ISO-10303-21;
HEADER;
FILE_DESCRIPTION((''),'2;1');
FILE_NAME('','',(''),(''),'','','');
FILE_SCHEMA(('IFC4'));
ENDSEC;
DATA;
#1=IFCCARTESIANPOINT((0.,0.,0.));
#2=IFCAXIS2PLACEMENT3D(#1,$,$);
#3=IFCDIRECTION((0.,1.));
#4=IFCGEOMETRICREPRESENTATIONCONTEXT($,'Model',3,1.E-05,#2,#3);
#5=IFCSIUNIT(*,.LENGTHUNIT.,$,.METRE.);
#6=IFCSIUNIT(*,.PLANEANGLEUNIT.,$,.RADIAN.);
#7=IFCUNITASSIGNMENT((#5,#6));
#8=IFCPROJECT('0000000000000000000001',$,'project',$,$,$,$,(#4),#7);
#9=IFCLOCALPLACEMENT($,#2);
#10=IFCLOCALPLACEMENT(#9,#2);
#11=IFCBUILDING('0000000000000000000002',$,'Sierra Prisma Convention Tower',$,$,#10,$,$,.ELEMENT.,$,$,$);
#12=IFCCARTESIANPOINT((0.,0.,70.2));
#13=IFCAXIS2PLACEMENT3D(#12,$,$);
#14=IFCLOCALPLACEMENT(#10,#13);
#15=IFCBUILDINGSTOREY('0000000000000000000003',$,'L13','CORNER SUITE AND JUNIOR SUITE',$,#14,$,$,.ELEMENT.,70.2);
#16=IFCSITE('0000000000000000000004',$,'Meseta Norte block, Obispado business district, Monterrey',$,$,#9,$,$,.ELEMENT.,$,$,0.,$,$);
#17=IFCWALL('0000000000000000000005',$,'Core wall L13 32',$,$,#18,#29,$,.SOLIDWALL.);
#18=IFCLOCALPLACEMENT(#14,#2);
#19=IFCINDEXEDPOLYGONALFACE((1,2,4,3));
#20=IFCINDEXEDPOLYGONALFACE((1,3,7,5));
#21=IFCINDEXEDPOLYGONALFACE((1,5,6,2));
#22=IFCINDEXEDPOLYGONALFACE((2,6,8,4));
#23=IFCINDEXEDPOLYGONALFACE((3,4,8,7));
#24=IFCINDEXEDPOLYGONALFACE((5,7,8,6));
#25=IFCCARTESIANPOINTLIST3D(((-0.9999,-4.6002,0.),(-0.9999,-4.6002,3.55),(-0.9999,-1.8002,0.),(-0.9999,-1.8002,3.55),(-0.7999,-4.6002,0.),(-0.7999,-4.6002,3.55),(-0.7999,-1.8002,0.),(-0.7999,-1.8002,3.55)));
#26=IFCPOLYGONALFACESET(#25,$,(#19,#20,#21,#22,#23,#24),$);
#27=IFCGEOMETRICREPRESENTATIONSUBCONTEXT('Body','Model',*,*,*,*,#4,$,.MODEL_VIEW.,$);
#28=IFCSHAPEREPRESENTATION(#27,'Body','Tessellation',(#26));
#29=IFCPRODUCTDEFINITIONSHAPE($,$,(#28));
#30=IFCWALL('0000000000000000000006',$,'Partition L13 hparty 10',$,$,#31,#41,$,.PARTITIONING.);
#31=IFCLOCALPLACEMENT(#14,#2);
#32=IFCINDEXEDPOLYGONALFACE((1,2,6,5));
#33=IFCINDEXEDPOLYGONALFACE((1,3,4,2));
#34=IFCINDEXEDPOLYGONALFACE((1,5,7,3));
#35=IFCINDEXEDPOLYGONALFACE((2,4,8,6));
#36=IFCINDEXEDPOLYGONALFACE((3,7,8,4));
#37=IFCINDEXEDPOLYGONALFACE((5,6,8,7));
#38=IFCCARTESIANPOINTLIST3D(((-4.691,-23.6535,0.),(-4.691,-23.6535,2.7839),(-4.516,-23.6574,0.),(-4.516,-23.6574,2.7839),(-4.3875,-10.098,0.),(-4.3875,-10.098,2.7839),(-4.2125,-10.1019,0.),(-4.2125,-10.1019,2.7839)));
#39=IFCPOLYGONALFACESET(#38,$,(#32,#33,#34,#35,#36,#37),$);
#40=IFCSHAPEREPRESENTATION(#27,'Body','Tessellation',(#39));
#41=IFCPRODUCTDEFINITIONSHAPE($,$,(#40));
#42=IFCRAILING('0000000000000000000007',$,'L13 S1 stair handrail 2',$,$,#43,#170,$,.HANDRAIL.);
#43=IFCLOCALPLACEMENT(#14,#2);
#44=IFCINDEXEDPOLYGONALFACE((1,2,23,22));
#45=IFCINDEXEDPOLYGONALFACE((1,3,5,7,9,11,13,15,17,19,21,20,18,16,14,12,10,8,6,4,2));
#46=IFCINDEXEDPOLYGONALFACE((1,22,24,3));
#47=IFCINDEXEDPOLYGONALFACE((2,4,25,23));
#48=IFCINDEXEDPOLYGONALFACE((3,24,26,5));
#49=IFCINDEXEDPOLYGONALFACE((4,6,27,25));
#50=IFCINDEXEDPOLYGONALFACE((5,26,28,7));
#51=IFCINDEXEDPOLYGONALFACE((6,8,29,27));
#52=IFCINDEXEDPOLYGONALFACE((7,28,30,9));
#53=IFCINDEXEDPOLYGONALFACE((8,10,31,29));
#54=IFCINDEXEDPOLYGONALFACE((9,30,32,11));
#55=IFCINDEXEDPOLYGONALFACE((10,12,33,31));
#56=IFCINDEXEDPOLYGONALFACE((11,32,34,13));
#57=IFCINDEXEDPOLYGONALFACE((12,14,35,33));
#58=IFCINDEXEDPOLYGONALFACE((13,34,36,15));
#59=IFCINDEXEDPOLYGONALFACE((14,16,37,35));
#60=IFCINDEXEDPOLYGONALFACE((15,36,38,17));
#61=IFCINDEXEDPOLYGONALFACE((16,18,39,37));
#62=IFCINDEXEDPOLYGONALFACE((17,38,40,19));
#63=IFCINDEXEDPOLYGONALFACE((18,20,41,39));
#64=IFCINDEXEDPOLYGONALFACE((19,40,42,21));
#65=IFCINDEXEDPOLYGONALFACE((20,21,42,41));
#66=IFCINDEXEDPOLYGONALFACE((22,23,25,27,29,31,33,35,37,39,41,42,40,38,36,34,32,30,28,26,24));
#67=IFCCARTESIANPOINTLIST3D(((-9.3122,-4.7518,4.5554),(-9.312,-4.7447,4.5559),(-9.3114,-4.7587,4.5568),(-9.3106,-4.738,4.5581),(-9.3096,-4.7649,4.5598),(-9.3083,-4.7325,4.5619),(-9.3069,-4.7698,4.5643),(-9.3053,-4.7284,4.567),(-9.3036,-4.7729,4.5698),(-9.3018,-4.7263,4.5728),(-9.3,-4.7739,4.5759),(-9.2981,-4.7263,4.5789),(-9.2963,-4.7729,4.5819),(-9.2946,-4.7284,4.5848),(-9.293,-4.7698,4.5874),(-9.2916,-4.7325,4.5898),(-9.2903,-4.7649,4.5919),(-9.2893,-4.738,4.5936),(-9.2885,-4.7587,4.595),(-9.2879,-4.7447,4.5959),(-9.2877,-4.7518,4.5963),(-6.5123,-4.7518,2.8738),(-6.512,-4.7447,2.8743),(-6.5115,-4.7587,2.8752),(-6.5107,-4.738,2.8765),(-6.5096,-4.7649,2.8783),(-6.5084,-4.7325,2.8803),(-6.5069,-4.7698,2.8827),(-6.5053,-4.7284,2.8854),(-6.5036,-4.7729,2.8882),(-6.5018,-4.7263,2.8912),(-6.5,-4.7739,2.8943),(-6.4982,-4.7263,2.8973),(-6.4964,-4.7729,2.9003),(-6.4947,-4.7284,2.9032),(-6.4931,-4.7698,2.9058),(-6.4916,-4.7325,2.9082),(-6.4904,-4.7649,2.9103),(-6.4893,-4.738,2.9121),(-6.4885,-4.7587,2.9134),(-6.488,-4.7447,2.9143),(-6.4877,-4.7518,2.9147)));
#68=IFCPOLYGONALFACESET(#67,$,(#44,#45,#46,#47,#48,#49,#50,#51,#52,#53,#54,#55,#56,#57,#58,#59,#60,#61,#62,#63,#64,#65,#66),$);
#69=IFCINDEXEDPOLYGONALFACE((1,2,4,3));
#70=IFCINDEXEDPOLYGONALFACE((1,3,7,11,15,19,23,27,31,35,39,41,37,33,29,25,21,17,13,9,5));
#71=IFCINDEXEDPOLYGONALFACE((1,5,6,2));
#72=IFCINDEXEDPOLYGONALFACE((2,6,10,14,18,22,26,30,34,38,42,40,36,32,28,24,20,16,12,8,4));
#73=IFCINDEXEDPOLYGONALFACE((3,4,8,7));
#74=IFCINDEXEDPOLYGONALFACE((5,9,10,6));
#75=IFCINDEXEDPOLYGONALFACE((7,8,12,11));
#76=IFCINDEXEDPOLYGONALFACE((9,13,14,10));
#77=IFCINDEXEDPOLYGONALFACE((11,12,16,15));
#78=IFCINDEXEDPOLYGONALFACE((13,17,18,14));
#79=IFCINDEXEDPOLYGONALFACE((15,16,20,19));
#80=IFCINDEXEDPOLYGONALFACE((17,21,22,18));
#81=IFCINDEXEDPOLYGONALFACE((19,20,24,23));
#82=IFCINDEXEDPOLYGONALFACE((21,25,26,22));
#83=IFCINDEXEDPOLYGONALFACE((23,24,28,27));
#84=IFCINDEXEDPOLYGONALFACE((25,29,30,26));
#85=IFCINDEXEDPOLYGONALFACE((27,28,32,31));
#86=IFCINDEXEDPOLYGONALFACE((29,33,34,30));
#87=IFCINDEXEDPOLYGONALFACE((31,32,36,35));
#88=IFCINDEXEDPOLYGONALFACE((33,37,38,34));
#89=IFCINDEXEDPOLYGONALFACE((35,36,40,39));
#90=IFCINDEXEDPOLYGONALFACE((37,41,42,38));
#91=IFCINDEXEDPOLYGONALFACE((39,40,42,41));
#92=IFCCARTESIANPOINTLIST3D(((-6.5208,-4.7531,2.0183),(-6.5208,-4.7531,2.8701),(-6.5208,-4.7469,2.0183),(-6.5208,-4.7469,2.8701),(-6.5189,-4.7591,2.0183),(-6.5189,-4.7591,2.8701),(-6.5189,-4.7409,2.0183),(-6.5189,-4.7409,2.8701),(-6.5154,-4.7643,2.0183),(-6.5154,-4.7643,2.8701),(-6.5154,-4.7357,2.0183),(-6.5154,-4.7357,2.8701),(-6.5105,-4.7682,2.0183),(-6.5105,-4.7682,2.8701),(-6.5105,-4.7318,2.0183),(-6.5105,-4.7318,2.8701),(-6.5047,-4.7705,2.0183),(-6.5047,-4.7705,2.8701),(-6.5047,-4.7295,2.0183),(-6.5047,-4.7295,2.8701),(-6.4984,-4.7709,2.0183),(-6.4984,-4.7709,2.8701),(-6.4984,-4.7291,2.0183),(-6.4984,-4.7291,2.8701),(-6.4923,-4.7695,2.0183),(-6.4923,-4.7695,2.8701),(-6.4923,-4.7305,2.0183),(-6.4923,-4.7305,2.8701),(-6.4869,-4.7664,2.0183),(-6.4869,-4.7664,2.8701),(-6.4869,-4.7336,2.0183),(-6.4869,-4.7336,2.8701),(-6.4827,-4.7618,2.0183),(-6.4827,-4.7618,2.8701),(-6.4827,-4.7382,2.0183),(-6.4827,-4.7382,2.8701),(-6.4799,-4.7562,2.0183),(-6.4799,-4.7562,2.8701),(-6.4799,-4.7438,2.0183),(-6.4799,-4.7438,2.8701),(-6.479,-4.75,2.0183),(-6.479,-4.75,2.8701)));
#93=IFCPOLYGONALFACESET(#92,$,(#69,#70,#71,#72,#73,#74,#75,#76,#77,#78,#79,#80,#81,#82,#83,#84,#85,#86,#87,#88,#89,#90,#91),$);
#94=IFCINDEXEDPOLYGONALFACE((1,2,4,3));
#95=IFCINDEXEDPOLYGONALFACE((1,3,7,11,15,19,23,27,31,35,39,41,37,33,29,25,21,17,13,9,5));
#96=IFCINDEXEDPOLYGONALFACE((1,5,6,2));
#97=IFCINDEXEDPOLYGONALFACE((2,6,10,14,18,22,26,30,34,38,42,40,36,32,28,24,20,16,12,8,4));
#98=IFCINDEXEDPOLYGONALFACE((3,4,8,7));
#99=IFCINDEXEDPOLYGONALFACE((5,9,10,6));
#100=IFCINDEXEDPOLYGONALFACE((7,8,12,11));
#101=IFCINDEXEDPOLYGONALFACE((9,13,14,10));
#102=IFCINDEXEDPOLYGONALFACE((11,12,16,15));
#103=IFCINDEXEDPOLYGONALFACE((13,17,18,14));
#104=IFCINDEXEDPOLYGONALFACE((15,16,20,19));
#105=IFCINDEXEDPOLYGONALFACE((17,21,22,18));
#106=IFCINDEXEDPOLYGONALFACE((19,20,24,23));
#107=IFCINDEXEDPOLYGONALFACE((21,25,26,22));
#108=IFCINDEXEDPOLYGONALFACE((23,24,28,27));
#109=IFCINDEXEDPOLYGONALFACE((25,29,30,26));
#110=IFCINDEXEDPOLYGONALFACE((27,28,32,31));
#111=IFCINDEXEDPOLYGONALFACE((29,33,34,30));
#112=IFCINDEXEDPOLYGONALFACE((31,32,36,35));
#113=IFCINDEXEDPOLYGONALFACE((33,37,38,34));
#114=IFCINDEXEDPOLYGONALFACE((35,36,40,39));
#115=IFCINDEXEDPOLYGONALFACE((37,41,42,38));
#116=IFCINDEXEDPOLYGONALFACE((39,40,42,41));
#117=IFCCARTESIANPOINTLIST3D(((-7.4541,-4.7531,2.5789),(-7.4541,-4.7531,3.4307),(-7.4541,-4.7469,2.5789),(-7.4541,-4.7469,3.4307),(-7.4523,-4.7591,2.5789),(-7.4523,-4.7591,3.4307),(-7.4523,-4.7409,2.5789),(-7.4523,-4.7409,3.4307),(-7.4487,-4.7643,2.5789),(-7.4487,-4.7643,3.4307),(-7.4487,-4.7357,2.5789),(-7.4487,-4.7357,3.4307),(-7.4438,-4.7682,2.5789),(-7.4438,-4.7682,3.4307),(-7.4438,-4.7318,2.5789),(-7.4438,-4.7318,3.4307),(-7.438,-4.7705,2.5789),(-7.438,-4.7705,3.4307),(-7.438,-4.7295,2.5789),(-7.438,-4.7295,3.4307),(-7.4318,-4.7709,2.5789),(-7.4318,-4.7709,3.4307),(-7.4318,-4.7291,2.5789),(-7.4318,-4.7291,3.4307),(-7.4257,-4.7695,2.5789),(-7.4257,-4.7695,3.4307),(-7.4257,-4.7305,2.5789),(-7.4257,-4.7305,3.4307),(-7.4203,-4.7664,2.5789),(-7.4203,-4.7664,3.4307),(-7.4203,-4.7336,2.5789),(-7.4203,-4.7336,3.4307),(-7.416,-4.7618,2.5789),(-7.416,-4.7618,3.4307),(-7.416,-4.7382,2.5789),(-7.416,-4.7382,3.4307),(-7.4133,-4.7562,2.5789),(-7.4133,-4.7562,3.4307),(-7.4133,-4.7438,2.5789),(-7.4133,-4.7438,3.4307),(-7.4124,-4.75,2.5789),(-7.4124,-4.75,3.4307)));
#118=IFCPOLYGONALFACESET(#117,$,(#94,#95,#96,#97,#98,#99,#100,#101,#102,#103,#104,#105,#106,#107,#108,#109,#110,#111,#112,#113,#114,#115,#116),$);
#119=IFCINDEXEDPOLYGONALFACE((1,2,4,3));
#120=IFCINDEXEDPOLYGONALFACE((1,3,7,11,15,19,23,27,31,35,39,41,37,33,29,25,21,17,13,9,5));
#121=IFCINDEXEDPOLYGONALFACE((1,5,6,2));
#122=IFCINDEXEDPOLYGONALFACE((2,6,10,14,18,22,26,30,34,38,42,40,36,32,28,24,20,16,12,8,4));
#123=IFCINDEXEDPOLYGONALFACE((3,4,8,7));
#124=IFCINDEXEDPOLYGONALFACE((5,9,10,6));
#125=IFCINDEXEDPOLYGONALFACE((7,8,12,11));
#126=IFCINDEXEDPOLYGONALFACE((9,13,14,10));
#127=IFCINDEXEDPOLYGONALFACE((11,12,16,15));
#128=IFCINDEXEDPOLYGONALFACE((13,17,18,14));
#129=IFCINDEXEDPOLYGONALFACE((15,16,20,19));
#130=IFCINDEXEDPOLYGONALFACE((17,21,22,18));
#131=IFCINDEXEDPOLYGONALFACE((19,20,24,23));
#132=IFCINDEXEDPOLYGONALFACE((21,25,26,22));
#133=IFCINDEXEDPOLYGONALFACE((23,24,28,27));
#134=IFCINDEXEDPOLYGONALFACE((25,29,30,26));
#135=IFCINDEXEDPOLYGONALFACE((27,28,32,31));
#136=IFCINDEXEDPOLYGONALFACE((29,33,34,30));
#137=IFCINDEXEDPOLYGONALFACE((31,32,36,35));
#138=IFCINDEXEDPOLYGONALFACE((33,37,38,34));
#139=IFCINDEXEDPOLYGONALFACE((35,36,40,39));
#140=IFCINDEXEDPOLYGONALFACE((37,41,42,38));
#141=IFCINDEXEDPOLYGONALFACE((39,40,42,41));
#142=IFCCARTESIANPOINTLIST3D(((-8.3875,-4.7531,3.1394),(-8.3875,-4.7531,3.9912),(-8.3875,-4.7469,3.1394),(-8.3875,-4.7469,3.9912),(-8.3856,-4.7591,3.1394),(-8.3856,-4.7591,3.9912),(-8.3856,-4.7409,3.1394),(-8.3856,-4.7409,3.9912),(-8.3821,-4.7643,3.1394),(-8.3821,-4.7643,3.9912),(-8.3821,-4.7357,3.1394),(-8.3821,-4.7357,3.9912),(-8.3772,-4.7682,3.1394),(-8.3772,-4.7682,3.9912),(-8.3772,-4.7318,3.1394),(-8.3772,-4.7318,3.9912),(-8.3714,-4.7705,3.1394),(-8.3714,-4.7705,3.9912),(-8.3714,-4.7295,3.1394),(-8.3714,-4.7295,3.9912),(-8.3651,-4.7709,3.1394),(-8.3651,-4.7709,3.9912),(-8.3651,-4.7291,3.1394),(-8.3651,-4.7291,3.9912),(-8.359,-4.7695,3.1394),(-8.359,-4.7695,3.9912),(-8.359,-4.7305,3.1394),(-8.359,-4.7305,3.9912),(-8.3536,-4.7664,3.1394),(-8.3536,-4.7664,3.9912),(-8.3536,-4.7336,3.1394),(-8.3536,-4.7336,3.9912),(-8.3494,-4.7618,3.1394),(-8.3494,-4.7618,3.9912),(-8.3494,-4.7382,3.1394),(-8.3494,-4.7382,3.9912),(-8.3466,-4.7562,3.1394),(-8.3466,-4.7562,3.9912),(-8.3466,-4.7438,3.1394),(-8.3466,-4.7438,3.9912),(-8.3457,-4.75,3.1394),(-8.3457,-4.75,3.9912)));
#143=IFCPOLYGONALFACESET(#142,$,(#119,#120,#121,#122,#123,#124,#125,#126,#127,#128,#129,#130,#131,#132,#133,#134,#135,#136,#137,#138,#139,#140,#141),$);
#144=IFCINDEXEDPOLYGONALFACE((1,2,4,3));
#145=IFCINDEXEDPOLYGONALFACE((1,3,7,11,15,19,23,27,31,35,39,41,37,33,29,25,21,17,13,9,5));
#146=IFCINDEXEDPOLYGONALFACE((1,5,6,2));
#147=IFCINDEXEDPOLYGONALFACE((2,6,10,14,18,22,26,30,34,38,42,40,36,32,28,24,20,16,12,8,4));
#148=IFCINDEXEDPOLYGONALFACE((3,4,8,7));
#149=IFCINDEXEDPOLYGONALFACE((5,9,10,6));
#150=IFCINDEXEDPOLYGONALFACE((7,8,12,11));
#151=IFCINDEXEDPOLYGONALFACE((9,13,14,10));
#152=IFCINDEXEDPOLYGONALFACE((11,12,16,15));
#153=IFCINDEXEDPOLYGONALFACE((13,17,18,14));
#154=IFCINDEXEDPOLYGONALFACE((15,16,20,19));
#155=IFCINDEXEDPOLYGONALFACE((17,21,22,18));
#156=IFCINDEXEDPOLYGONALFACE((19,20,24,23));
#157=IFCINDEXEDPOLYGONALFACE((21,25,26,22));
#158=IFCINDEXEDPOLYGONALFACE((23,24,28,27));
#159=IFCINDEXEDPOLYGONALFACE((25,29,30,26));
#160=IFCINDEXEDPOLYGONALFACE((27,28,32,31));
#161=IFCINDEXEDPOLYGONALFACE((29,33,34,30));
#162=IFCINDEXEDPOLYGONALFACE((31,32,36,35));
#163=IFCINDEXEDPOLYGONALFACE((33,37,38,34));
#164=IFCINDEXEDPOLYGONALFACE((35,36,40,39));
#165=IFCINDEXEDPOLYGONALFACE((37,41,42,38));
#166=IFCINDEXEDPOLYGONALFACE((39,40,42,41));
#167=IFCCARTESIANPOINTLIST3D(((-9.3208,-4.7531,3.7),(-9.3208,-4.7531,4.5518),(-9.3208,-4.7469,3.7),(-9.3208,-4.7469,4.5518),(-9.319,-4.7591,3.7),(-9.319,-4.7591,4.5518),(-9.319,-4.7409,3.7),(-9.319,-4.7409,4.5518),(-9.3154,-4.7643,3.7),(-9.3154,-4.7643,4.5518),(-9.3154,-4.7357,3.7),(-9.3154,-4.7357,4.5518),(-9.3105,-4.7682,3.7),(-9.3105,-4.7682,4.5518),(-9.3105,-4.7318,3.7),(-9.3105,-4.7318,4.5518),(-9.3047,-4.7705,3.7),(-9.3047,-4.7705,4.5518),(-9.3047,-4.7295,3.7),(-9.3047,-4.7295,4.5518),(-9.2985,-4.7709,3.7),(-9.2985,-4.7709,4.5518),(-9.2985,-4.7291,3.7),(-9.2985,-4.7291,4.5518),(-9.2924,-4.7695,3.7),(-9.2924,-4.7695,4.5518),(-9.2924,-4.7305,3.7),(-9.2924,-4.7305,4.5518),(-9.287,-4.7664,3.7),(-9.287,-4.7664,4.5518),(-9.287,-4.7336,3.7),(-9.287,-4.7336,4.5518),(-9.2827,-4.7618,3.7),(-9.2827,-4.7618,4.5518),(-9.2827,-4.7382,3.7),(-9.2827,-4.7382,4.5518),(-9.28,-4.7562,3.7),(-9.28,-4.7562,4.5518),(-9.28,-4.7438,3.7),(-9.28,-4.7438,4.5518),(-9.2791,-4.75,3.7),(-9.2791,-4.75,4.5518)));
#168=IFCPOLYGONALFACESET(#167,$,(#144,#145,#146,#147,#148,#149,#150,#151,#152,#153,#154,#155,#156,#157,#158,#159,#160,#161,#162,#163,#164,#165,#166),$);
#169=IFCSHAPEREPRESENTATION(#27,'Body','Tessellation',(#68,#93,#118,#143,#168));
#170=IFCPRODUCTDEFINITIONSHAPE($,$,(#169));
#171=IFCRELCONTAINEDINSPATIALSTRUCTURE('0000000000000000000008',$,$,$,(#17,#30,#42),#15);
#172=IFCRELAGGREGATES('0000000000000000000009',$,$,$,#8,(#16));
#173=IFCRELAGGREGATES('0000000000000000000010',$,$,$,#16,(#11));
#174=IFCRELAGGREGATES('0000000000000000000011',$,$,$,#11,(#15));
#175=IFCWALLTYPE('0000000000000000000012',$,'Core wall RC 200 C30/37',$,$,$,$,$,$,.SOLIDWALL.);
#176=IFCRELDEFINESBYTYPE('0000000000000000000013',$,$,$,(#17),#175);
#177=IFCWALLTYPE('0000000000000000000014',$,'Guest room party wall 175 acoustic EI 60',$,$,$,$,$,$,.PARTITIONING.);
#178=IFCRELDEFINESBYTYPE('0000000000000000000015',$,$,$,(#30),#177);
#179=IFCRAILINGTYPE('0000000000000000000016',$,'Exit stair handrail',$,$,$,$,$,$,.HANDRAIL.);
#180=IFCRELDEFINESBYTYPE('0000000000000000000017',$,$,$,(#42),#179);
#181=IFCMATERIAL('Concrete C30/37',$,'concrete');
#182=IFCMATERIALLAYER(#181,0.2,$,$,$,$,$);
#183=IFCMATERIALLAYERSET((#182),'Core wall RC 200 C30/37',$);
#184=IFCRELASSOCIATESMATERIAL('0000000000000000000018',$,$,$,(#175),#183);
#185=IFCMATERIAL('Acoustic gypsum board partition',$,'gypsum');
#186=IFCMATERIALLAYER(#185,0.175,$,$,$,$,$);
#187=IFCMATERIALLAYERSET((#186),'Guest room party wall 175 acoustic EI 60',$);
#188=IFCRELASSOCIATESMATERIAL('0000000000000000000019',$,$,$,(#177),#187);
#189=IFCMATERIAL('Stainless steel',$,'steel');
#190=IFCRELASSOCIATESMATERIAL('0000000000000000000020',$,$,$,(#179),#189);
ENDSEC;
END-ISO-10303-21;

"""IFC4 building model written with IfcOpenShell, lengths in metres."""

from ifc_helpers import new_model, si_unit, direction, frame, frame_2d, origin, origin_2d, place, context, subcontext, project, spatial, rectangle, circle, extrude, material, layer, layer_set, type_object, element, save


model = new_model("IFC4")

# Units and contexts
model_context = context("Model", 3, precision=1e-05, world=origin(), true_north=direction((0.0, 1.0)))
body_context = subcontext(model_context, "Body", "Model", "MODEL_VIEW")
ifc_project = project(units=[si_unit("LENGTHUNIT", "METRE"), si_unit("PLANEANGLEUNIT", "RADIAN")], contexts=[model_context])

# Site, building, storey
site_placement = place(None, origin())
site = spatial("IfcSite", under=ifc_project, at=site_placement, Name="Meseta Norte block, Obispado business district, Monterrey", CompositionType="ELEMENT", RefElevation=0.0)
building_placement = place(site_placement, origin())
building = spatial("IfcBuilding", under=site, at=building_placement, Name="Sierra Prisma Convention Tower", CompositionType="ELEMENT")
storey_placement = place(building_placement, frame((0.0, 0.0, 70.2)))
storey = spatial("IfcBuildingStorey", under=building, at=storey_placement, Name="L13", Description="CORNER SUITE AND JUNIOR SUITE", CompositionType="ELEMENT", Elevation=70.2)

# Shared definitions
ifc_material_1 = material(Name="Concrete C30/37", Category="concrete")
ifc_layer_1 = layer(ifc_material_1, 0.2)
ifc_layer_set_1 = layer_set([ifc_layer_1], Name="Core wall RC 200 C30/37")
wall_type_1 = type_object("IfcWallType", Name="Core wall RC 200 C30/37", PredefinedType="SOLIDWALL", material=ifc_layer_set_1)

# Walls
wall_1_placement = place(storey_placement, frame((-0.8999, -4.6001, 0.0), z_axis=(0.0, 0.0, 1.0), x_axis=(0.0, 1.0, 0.0)))
element("IfcWall", 1, at=wall_1_placement, inside=storey, type_object=wall_type_1, Name="Core wall L13 32", PredefinedType="SOLIDWALL", context=body_context, shape_type="SweptSolid", body=[
    extrude(rectangle(XDim=2.8, YDim=0.2, at=frame_2d((1.3999, 0.0))), origin(), (0.0, 0.0, 1.0), 3.55),
])
ifc_material_2 = material(Name="Acoustic gypsum board partition", Category="gypsum")
ifc_layer_2 = layer(ifc_material_2, 0.175)
ifc_layer_set_2 = layer_set([ifc_layer_2], Name="Guest room party wall 175 acoustic EI 60")
wall_type_2 = type_object("IfcWallType", Name="Guest room party wall 175 acoustic EI 60", PredefinedType="PARTITIONING", material=ifc_layer_set_2)
wall_2_placement = place(storey_placement, frame((-4.3, -10.1001, 0.0), z_axis=(0.0, 0.0, 1.0), x_axis=(-0.022382, -0.99975, 0.0)))
element("IfcWall", 2, at=wall_2_placement, inside=storey, type_object=wall_type_2, Name="Partition L13 hparty 10", PredefinedType="PARTITIONING", context=body_context, shape_type="SweptSolid", body=[
    extrude(rectangle(XDim=13.5588, YDim=0.175, at=frame_2d((6.7793, 0.0))), origin(), (0.0, 0.0, 1.0), 2.7839),
])

# Railing
ifc_material_3 = material(Name="Stainless steel", Category="steel")
railing_type_1 = type_object("IfcRailingType", Name="Exit stair handrail", PredefinedType="HANDRAIL", material=ifc_material_3)
railing_1_placement = place(storey_placement, frame((-6.5, -4.75, 2.0183)))
element("IfcRailing", 3, at=railing_1_placement, inside=storey, type_object=railing_type_1, Name="L13 S1 stair handrail 2", PredefinedType="HANDRAIL", context=body_context, shape_type="SweptSolid", body=[
    extrude(circle(Radius=0.0239, at=origin_2d()), frame((0.0, 0.0, 0.876), z_axis=(-0.857275, 0.0, 0.514858), x_axis=(0.0, -1.0, 0.0)), (0.0, 0.0, 1.0), 3.2661),
    extrude(circle(Radius=0.021, at=origin_2d()), origin(), (0.0, 0.0, 1.0), 0.8518),
    extrude(circle(Radius=0.021, at=origin_2d()), frame((-0.9333, 0.0, 0.5605)), (0.0, 0.0, 1.0), 0.8518),
    extrude(circle(Radius=0.021, at=origin_2d()), frame((-1.8667, 0.0, 1.1211)), (0.0, 0.0, 1.0), 0.8518),
    extrude(circle(Radius=0.021, at=origin_2d()), frame((-2.8, 0.0, 1.6816)), (0.0, 0.0, 1.0), 0.8518),
])

save(model, "model.ifc")
